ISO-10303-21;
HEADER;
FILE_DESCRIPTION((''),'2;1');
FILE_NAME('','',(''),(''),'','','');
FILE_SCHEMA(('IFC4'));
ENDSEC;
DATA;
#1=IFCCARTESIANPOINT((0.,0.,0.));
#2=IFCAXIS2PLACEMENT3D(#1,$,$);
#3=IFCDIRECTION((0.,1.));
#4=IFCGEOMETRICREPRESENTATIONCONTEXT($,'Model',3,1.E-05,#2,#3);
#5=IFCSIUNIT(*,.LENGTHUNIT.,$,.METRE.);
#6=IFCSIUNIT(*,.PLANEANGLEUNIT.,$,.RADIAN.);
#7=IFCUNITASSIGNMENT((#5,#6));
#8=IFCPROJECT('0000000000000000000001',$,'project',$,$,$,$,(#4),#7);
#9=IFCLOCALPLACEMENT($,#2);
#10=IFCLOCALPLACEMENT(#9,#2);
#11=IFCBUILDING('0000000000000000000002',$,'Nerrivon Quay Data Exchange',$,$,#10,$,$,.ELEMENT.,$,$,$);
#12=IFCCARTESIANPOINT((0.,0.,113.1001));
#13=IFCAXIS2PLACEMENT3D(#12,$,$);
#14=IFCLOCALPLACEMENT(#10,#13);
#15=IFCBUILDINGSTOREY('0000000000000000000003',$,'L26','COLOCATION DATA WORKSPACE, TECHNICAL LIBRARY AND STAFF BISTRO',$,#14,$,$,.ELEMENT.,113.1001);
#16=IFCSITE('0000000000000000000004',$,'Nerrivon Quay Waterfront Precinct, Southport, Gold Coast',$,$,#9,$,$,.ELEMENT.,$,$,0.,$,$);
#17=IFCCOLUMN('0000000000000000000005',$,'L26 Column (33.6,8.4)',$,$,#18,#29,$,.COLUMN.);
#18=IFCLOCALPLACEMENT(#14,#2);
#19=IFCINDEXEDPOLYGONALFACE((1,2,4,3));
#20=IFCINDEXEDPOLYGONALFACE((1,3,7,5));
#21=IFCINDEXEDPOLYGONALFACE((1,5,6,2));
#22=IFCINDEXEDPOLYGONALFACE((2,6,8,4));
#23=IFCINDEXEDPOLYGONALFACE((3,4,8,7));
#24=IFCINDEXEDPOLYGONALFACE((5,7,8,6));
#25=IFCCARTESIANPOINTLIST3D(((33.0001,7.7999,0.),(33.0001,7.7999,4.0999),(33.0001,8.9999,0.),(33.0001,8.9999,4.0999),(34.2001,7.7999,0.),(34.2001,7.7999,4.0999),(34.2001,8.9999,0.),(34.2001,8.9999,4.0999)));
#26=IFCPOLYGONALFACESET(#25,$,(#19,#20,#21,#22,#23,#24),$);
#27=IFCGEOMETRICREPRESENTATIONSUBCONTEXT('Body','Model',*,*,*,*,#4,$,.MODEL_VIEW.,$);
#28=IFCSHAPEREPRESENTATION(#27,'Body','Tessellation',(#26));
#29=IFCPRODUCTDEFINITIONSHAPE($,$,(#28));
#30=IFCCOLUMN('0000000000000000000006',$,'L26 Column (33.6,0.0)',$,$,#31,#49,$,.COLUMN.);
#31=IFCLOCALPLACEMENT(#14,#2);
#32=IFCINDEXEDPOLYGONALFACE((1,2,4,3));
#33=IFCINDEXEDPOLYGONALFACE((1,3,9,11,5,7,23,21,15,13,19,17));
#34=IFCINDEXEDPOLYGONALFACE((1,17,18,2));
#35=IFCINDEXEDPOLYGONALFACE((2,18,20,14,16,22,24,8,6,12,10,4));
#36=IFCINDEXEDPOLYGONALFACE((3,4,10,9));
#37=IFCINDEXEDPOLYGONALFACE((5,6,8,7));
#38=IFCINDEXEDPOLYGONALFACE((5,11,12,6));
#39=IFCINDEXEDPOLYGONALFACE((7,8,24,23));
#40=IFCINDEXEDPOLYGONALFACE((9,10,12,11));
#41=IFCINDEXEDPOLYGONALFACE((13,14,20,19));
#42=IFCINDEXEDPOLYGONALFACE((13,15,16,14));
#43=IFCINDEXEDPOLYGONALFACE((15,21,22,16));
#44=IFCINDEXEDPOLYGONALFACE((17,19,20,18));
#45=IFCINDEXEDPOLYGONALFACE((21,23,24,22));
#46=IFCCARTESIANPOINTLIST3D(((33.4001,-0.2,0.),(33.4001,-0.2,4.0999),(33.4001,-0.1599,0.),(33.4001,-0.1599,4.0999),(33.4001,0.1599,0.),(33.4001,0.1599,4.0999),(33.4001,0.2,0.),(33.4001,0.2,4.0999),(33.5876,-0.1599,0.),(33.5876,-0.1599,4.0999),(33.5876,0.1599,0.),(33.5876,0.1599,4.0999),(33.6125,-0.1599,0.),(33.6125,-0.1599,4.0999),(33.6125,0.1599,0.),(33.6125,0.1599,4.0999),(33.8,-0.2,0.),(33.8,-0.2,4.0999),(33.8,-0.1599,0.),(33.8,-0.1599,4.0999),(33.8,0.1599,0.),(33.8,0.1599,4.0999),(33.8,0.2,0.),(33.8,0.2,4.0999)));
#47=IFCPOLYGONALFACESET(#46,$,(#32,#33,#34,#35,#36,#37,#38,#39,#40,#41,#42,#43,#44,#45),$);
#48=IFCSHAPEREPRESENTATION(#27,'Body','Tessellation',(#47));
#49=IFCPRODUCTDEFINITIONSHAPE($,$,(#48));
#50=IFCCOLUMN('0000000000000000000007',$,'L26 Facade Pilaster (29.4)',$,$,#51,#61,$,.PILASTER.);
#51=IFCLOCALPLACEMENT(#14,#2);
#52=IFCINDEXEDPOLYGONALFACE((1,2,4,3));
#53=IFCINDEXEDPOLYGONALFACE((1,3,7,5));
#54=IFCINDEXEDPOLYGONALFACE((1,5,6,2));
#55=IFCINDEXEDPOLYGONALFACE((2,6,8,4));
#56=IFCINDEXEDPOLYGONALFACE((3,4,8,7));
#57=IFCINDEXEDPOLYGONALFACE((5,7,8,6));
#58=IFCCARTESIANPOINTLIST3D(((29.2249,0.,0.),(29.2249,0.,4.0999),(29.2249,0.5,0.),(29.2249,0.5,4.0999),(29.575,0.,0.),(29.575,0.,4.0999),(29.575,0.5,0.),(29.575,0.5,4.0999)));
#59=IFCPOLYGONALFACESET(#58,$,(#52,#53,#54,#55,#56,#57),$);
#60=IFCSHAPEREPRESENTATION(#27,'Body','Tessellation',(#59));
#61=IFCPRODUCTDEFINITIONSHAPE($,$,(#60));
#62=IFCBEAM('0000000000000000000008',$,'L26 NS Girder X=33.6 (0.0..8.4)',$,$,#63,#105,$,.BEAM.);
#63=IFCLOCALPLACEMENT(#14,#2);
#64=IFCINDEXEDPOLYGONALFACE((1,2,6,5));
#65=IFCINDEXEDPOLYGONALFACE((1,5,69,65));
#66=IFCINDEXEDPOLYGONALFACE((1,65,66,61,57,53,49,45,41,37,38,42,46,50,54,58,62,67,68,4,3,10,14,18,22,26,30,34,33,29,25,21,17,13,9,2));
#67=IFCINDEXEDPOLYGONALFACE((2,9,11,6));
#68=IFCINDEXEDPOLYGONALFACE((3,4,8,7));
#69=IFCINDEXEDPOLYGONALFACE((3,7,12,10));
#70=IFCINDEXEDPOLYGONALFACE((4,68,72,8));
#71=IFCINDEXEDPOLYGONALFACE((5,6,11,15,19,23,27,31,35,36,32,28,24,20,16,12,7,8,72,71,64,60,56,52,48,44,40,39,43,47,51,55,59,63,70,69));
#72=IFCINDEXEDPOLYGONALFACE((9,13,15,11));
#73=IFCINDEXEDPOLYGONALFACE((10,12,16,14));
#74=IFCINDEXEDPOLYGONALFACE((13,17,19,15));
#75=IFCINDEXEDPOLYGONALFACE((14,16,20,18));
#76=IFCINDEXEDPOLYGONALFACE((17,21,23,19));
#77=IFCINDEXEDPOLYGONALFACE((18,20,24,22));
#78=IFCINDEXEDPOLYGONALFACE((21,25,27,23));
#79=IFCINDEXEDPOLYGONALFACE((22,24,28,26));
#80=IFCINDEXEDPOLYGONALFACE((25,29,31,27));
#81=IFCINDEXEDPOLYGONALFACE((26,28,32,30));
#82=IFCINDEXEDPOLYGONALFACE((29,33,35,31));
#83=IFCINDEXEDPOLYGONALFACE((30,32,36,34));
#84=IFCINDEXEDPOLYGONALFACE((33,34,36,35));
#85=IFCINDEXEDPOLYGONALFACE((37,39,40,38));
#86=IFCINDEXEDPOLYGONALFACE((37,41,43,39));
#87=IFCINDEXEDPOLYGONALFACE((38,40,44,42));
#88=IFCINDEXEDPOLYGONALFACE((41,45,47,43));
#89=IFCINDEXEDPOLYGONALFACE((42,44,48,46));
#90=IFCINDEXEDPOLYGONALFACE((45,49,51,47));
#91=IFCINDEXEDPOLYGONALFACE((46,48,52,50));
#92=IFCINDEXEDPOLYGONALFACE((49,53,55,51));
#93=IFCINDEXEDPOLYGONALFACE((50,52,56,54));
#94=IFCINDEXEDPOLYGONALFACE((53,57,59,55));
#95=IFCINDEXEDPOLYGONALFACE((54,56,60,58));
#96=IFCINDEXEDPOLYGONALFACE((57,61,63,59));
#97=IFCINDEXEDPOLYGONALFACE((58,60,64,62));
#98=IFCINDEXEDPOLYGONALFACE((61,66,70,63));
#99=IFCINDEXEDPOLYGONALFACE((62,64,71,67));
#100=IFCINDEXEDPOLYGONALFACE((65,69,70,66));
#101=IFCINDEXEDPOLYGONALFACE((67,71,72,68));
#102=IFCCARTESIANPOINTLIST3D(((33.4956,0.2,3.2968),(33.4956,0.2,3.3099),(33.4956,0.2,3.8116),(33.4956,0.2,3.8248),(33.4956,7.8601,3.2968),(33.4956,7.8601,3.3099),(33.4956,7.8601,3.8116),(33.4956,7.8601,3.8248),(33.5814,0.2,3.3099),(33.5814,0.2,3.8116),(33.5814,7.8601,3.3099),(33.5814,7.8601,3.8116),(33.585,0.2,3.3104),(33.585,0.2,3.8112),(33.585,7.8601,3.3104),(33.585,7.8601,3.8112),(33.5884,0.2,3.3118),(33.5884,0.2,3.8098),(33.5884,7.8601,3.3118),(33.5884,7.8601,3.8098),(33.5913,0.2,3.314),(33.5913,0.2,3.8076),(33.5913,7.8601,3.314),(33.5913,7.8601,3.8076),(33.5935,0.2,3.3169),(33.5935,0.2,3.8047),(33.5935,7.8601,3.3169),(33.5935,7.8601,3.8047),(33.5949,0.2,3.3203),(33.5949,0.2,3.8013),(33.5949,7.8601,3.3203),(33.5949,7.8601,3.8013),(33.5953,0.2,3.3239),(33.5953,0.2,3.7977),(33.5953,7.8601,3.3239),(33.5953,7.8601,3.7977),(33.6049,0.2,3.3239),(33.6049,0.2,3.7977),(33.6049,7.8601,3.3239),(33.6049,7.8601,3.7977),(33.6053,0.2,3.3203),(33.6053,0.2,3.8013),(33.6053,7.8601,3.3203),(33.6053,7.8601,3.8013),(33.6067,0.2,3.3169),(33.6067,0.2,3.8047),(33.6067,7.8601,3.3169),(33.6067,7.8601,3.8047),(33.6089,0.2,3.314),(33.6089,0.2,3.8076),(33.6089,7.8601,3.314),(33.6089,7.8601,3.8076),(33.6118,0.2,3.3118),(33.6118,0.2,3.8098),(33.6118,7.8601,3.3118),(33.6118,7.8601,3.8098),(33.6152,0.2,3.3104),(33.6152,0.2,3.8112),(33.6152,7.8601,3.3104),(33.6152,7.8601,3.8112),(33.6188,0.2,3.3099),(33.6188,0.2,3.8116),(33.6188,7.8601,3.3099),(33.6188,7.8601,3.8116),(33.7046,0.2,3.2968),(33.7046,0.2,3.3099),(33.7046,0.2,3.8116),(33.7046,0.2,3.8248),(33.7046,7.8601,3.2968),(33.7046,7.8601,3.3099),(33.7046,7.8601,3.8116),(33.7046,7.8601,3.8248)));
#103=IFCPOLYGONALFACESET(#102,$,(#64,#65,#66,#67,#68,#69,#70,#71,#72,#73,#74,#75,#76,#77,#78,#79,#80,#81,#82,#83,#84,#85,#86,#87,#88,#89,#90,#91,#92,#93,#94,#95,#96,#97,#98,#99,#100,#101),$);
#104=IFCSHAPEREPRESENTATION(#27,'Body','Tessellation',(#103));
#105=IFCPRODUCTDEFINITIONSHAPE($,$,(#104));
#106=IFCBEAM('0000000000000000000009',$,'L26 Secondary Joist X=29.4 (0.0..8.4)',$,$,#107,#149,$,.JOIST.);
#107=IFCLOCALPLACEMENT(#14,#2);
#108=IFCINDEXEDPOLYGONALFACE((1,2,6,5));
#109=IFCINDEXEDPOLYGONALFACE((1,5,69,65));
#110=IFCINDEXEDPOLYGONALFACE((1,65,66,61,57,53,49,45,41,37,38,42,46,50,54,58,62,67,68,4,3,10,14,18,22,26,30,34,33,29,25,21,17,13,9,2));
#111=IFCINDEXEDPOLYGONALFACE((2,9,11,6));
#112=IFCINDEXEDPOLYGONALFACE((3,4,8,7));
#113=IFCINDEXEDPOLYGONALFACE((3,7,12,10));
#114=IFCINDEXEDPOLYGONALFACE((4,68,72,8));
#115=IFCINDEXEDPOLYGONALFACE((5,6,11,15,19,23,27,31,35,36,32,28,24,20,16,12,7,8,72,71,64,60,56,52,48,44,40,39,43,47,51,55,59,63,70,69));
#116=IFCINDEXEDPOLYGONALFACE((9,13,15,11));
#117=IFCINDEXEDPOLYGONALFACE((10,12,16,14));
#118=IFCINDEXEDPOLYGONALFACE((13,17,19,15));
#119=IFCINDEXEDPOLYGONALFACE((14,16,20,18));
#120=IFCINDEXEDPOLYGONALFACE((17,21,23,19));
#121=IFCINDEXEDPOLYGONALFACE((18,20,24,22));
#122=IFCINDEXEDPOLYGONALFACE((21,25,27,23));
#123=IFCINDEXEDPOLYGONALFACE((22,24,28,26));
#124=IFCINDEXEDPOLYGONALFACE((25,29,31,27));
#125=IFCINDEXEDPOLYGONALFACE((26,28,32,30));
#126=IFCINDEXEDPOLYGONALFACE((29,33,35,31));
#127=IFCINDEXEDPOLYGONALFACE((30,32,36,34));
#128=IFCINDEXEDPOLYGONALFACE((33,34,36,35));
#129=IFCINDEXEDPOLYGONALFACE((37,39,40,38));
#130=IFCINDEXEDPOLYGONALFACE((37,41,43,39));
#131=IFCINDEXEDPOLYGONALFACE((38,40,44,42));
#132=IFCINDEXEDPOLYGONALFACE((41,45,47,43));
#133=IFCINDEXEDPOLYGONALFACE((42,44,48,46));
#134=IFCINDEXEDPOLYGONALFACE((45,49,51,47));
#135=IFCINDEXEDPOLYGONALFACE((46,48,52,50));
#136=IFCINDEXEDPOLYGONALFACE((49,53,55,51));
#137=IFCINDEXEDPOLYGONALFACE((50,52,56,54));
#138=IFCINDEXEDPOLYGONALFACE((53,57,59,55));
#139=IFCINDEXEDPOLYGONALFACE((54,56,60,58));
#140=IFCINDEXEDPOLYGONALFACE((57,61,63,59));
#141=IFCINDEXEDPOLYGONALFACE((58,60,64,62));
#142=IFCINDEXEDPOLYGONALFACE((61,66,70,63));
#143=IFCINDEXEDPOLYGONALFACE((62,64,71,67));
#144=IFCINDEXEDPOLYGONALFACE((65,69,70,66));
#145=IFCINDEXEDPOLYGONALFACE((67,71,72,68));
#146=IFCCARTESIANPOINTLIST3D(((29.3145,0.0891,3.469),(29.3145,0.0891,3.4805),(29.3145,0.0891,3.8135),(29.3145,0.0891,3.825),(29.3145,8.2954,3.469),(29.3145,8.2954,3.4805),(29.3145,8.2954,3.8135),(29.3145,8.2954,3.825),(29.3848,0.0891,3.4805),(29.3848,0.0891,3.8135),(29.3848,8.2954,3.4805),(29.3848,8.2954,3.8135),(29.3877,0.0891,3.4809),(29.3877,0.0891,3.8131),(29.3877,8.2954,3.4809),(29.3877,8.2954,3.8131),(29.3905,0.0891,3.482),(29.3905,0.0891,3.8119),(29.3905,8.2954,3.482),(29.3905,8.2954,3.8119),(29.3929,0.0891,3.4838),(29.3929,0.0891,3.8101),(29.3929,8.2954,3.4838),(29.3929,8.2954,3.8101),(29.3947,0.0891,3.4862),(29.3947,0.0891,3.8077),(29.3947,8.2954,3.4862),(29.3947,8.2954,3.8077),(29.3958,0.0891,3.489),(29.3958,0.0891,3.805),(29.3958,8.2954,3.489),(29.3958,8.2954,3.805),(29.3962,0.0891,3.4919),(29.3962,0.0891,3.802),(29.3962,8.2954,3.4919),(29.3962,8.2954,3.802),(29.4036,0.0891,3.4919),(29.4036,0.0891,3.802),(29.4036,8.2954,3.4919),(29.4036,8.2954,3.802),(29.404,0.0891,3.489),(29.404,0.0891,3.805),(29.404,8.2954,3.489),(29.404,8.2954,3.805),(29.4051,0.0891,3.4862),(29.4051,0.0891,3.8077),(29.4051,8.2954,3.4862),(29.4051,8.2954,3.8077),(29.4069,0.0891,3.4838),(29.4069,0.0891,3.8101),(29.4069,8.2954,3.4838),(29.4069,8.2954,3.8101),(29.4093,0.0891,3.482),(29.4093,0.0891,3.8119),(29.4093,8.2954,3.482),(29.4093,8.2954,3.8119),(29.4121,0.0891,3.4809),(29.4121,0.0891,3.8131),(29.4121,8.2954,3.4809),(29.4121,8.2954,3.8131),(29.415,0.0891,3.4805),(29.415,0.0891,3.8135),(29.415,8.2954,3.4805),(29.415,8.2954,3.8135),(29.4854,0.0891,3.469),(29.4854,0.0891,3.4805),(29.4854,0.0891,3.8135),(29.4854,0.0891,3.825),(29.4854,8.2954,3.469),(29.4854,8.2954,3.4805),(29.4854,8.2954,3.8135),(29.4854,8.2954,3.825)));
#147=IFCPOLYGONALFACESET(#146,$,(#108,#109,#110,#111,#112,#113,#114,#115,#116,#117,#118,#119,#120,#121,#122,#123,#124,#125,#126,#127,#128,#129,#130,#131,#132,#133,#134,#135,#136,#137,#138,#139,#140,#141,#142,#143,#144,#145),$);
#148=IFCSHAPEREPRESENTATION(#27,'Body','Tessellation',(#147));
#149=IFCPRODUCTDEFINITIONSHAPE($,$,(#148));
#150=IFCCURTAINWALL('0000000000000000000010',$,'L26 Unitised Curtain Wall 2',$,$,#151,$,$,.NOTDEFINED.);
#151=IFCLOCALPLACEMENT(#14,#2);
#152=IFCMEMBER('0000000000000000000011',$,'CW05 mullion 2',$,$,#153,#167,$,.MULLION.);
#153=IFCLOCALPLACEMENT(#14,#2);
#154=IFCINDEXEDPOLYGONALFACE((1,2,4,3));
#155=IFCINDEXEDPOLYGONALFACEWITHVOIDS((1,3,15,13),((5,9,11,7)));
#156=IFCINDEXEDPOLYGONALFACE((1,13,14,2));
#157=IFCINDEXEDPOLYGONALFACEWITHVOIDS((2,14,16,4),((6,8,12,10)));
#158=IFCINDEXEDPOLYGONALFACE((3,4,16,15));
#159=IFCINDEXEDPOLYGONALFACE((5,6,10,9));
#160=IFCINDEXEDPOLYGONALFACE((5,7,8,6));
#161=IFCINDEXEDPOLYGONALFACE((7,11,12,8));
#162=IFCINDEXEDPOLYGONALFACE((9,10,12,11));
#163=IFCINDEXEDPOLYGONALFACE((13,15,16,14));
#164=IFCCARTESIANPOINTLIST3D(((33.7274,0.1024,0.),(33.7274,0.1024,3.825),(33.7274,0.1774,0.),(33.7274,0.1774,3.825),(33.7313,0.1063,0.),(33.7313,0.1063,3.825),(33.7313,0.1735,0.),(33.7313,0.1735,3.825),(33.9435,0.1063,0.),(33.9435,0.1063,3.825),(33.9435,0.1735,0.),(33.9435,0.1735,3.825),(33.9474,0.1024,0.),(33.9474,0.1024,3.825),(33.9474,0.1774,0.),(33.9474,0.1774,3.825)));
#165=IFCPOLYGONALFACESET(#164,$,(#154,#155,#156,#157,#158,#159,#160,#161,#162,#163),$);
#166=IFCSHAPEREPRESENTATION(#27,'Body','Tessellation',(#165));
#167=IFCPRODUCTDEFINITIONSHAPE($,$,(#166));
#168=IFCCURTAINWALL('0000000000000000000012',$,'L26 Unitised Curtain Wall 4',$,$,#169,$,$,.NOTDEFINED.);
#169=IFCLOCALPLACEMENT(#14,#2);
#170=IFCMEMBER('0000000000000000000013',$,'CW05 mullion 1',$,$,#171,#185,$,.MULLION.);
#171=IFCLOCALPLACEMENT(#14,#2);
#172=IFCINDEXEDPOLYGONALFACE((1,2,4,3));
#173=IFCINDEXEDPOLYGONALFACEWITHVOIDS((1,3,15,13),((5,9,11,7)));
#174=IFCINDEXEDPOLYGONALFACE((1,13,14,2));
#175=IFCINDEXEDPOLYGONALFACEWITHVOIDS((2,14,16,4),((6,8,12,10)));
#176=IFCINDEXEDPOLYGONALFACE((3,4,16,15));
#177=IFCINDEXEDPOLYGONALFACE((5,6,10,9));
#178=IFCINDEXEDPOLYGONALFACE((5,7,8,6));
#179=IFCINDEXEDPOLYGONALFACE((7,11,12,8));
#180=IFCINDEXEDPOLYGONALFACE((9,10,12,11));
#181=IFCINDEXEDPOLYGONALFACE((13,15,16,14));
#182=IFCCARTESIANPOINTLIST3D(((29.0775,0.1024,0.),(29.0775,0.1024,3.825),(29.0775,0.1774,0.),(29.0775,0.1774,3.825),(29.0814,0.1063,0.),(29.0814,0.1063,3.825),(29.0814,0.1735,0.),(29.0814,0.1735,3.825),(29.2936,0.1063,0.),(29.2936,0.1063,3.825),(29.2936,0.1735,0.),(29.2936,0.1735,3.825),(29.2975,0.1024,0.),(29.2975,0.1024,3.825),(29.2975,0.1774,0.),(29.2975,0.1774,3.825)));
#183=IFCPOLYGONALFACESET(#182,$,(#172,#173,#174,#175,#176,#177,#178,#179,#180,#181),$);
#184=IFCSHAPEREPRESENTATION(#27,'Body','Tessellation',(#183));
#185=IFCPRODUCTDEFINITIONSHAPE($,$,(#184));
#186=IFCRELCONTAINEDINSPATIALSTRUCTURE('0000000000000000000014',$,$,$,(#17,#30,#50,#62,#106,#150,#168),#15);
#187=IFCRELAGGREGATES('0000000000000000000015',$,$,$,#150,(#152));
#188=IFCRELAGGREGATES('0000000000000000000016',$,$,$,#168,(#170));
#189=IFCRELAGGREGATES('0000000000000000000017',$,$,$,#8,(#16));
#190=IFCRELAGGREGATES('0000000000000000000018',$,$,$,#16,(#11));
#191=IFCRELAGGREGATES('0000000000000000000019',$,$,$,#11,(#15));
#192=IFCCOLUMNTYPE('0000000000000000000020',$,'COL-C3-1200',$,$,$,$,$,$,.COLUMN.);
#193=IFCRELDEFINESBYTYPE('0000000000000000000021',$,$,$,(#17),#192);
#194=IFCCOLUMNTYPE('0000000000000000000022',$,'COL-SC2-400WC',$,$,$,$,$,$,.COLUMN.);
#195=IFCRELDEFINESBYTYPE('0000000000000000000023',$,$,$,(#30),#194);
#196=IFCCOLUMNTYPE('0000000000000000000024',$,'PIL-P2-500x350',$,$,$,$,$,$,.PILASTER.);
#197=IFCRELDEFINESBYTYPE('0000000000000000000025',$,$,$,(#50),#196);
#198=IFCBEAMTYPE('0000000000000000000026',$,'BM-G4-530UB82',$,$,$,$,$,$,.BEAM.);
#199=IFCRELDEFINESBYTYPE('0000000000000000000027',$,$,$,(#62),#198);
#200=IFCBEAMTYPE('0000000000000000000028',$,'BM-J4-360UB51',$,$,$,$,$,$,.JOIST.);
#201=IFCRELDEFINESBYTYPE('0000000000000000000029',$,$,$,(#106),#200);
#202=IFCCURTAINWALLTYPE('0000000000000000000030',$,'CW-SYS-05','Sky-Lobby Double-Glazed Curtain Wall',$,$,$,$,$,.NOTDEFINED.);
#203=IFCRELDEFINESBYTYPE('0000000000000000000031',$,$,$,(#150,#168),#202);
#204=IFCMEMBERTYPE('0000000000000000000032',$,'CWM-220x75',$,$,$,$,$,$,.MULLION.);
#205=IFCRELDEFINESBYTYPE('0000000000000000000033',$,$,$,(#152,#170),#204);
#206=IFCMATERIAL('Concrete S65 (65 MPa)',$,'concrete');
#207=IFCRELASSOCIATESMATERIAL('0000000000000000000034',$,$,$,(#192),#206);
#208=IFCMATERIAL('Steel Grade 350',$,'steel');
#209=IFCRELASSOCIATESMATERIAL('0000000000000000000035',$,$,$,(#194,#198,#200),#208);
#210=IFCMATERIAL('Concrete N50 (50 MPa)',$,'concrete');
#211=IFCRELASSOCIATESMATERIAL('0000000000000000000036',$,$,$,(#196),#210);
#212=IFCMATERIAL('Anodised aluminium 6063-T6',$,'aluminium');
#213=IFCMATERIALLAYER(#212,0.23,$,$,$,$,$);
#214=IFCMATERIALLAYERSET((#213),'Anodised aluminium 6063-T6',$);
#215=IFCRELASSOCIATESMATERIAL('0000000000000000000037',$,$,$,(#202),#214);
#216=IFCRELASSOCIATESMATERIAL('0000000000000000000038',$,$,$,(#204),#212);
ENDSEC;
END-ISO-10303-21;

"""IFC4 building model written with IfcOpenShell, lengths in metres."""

from ifc_helpers import new_model, si_unit, direction, frame, origin, origin_2d, place, context, subcontext, project, spatial, rectangle, hollow_rectangle, i_section, extrude, material, layer, layer_set, material_profile, profile_set, type_object, element, aggregate, save


model = new_model("IFC4")

# Units and contexts
model_context = context("Model", 3, precision=1e-05, world=origin(), true_north=direction((0.0, 1.0)))
body_context = subcontext(model_context, "Body", "Model", "MODEL_VIEW")
ifc_project = project(units=[si_unit("LENGTHUNIT", "METRE"), si_unit("PLANEANGLEUNIT", "RADIAN")], contexts=[model_context])

# Site, building, storey
site_placement = place(None, origin())
site = spatial("IfcSite", under=ifc_project, at=site_placement, Name="Nerrivon Quay Waterfront Precinct, Southport, Gold Coast", CompositionType="ELEMENT", RefElevation=0.0)
building_placement = place(site_placement, origin())
building = spatial("IfcBuilding", under=site, at=building_placement, Name="Nerrivon Quay Data Exchange", CompositionType="ELEMENT")
storey_placement = place(building_placement, frame((0.0, 0.0, 113.1001)))
storey = spatial("IfcBuildingStorey", under=building, at=storey_placement, Name="L26", Description="COLOCATION DATA WORKSPACE, TECHNICAL LIBRARY AND STAFF BISTRO", CompositionType="ELEMENT", Elevation=113.1001)

# Columns
ifc_material_1 = material(Name="Concrete S65 (65 MPa)", Category="concrete")
ifc_material_profile_1 = material_profile(ifc_material_1, rectangle(XDim=1.2, YDim=1.2, at=origin_2d()), Name="RC-COL-1200x1200")
ifc_profile_set_1 = profile_set([ifc_material_profile_1], Name="Concrete S65 (65 MPa)")
column_type_1 = type_object("IfcColumnType", Name="COL-C3-1200", PredefinedType="COLUMN", material=ifc_profile_set_1)
column_1_placement = place(storey_placement, frame((33.6001, 8.3999, 0.0), z_axis=(0.0, 0.0, 1.0), x_axis=(1.0, 0.0, 0.0)))
element("IfcColumn", 1, at=column_1_placement, inside=storey, type_object=column_type_1, Name="L26 Column (33.6,8.4)", PredefinedType="COLUMN", context=body_context, shape_type="SweptSolid", body=[
    extrude(rectangle(XDim=1.2, YDim=1.2, at=origin_2d()), origin(), (0.0, 0.0, 1.0), 4.0999),
])
ifc_material_2 = material(Name="Steel Grade 350", Category="steel")
ifc_material_profile_2 = material_profile(ifc_material_2, i_section(OverallWidth=0.3999, OverallDepth=0.3999, WebThickness=0.0249, FlangeThickness=0.04, at=origin_2d()), Name="400WC328")
ifc_profile_set_2 = profile_set([ifc_material_profile_2], Name="Steel Grade 350")
column_type_2 = type_object("IfcColumnType", Name="COL-SC2-400WC", PredefinedType="COLUMN", material=ifc_profile_set_2)
column_2_placement = place(storey_placement, frame((33.6001, 0.0, 0.0), z_axis=(0.0, 0.0, 1.0), x_axis=(1.0, 0.0, 0.0)))
element("IfcColumn", 2, at=column_2_placement, inside=storey, type_object=column_type_2, Name="L26 Column (33.6,0.0)", PredefinedType="COLUMN", context=body_context, shape_type="SweptSolid", body=[
    extrude(i_section(OverallWidth=0.3999, OverallDepth=0.3999, WebThickness=0.0249, FlangeThickness=0.04, at=origin_2d()), origin(), (0.0, 0.0, 1.0), 4.0999),
])
ifc_material_3 = material(Name="Concrete N50 (50 MPa)", Category="concrete")
ifc_material_profile_3 = material_profile(ifc_material_3, rectangle(XDim=0.3501, YDim=0.5, at=origin_2d()), Name="RC-PIL-500x350")
ifc_profile_set_3 = profile_set([ifc_material_profile_3], Name="Concrete N50 (50 MPa)")
column_type_3 = type_object("IfcColumnType", Name="PIL-P2-500x350", PredefinedType="PILASTER", material=ifc_profile_set_3)
column_3_placement = place(storey_placement, frame((29.3999, 0.25, 0.0), z_axis=(0.0, 0.0, 1.0), x_axis=(1.0, 0.0, 0.0)))
element("IfcColumn", 3, at=column_3_placement, inside=storey, type_object=column_type_3, Name="L26 Facade Pilaster (29.4)", PredefinedType="PILASTER", context=body_context, shape_type="SweptSolid", body=[
    extrude(rectangle(XDim=0.3501, YDim=0.5, at=origin_2d()), origin(), (0.0, 0.0, 1.0), 4.0999),
])

# Beams
ifc_material_profile_4 = material_profile(ifc_material_2, i_section(OverallWidth=0.209, OverallDepth=0.5281, WebThickness=0.0095, FlangeThickness=0.0132, FilletRadius=0.0139, at=origin_2d()), Name="530UB82.0")
ifc_profile_set_4 = profile_set([ifc_material_profile_4], Name="Steel Grade 350")
beam_type_1 = type_object("IfcBeamType", Name="BM-G4-530UB82", PredefinedType="BEAM", material=ifc_profile_set_4)
beam_1_placement = place(storey_placement, frame((33.6001, 0.2, 3.5608), z_axis=(0.0, 1.0, 0.0), x_axis=(-1.0, 0.0, 0.0)))
element("IfcBeam", 4, at=beam_1_placement, inside=storey, type_object=beam_type_1, Name="L26 NS Girder X=33.6 (0.0..8.4)", PredefinedType="BEAM", context=body_context, shape_type="SweptSolid", body=[
    extrude(i_section(OverallWidth=0.209, OverallDepth=0.5281, WebThickness=0.0095, FlangeThickness=0.0132, FilletRadius=0.0139, at=origin_2d()), origin(), (0.0, 0.0, 1.0), 7.6602),
])
ifc_material_profile_5 = material_profile(ifc_material_2, i_section(OverallWidth=0.1709, OverallDepth=0.356, WebThickness=0.0073, FlangeThickness=0.0115, FilletRadius=0.0115, at=origin_2d()), Name="360UB50.7")
ifc_profile_set_5 = profile_set([ifc_material_profile_5], Name="Steel Grade 350")
beam_type_2 = type_object("IfcBeamType", Name="BM-J4-360UB51", PredefinedType="JOIST", material=ifc_profile_set_5)
beam_2_placement = place(storey_placement, frame((29.3999, 0.0891, 3.647), z_axis=(0.0, 1.0, 0.0), x_axis=(-1.0, 0.0, 0.0)))
element("IfcBeam", 5, at=beam_2_placement, inside=storey, type_object=beam_type_2, Name="L26 Secondary Joist X=29.4 (0.0..8.4)", PredefinedType="JOIST", context=body_context, shape_type="SweptSolid", body=[
    extrude(i_section(OverallWidth=0.1709, OverallDepth=0.356, WebThickness=0.0073, FlangeThickness=0.0115, FilletRadius=0.0115, at=origin_2d()), origin(), (0.0, 0.0, 1.0), 8.2063),
])

# Curtain wall, member
ifc_material_4 = material(Name="Anodised aluminium 6063-T6", Category="aluminium")
ifc_layer_1 = layer(ifc_material_4, 0.23)
ifc_layer_set_1 = layer_set([ifc_layer_1], Name="Anodised aluminium 6063-T6")
curtain_wall_type = type_object("IfcCurtainWallType", Name="CW-SYS-05", Description="Sky-Lobby Double-Glazed Curtain Wall", PredefinedType="NOTDEFINED", material=ifc_layer_set_1)
curtain_wall_1_placement = place(storey_placement, origin())
curtain_wall_1 = element("IfcCurtainWall", 6, at=curtain_wall_1_placement, inside=storey, type_object=curtain_wall_type, Name="L26 Unitised Curtain Wall 2", PredefinedType="NOTDEFINED")
ifc_material_profile_6 = material_profile(ifc_material_4, hollow_rectangle(XDim=0.075, YDim=0.22, WallThickness=0.0039, at=origin_2d()), Name="ALU-MULL-220x75")
ifc_profile_set_6 = profile_set([ifc_material_profile_6], Name="Anodised aluminium 6063-T6")
member_type_1 = type_object("IfcMemberType", Name="CWM-220x75", PredefinedType="MULLION", material=ifc_profile_set_6)
member_1_placement = place(storey_placement, frame((33.8374, 0.1399, 0.0), z_axis=(0.0, 0.0, 1.0), x_axis=(0.0, -1.0, 0.0)))
member_1 = element("IfcMember", 7, at=member_1_placement, type_object=member_type_1, Name="CW05 mullion 2", PredefinedType="MULLION", context=body_context, shape_type="SweptSolid", body=[
    extrude(hollow_rectangle(XDim=0.075, YDim=0.22, WallThickness=0.0039, at=origin_2d()), origin(), (0.0, 0.0, 1.0), 3.825),
])
aggregate(curtain_wall_1, [member_1])

# Curtain wall, member
curtain_wall_2_placement = place(storey_placement, origin())
curtain_wall_2 = element("IfcCurtainWall", 8, at=curtain_wall_2_placement, inside=storey, type_object=curtain_wall_type, Name="L26 Unitised Curtain Wall 4", PredefinedType="NOTDEFINED")
member_2_placement = place(storey_placement, frame((29.1875, 0.1399, 0.0), z_axis=(0.0, 0.0, 1.0), x_axis=(0.0, -1.0, 0.0)))
member_2 = element("IfcMember", 9, at=member_2_placement, type_object=member_type_1, Name="CW05 mullion 1", PredefinedType="MULLION", context=body_context, shape_type="SweptSolid", body=[
    extrude(hollow_rectangle(XDim=0.075, YDim=0.22, WallThickness=0.0039, at=origin_2d()), origin(), (0.0, 0.0, 1.0), 3.825),
])
aggregate(curtain_wall_2, [member_2])

save(model, "model.ifc")
